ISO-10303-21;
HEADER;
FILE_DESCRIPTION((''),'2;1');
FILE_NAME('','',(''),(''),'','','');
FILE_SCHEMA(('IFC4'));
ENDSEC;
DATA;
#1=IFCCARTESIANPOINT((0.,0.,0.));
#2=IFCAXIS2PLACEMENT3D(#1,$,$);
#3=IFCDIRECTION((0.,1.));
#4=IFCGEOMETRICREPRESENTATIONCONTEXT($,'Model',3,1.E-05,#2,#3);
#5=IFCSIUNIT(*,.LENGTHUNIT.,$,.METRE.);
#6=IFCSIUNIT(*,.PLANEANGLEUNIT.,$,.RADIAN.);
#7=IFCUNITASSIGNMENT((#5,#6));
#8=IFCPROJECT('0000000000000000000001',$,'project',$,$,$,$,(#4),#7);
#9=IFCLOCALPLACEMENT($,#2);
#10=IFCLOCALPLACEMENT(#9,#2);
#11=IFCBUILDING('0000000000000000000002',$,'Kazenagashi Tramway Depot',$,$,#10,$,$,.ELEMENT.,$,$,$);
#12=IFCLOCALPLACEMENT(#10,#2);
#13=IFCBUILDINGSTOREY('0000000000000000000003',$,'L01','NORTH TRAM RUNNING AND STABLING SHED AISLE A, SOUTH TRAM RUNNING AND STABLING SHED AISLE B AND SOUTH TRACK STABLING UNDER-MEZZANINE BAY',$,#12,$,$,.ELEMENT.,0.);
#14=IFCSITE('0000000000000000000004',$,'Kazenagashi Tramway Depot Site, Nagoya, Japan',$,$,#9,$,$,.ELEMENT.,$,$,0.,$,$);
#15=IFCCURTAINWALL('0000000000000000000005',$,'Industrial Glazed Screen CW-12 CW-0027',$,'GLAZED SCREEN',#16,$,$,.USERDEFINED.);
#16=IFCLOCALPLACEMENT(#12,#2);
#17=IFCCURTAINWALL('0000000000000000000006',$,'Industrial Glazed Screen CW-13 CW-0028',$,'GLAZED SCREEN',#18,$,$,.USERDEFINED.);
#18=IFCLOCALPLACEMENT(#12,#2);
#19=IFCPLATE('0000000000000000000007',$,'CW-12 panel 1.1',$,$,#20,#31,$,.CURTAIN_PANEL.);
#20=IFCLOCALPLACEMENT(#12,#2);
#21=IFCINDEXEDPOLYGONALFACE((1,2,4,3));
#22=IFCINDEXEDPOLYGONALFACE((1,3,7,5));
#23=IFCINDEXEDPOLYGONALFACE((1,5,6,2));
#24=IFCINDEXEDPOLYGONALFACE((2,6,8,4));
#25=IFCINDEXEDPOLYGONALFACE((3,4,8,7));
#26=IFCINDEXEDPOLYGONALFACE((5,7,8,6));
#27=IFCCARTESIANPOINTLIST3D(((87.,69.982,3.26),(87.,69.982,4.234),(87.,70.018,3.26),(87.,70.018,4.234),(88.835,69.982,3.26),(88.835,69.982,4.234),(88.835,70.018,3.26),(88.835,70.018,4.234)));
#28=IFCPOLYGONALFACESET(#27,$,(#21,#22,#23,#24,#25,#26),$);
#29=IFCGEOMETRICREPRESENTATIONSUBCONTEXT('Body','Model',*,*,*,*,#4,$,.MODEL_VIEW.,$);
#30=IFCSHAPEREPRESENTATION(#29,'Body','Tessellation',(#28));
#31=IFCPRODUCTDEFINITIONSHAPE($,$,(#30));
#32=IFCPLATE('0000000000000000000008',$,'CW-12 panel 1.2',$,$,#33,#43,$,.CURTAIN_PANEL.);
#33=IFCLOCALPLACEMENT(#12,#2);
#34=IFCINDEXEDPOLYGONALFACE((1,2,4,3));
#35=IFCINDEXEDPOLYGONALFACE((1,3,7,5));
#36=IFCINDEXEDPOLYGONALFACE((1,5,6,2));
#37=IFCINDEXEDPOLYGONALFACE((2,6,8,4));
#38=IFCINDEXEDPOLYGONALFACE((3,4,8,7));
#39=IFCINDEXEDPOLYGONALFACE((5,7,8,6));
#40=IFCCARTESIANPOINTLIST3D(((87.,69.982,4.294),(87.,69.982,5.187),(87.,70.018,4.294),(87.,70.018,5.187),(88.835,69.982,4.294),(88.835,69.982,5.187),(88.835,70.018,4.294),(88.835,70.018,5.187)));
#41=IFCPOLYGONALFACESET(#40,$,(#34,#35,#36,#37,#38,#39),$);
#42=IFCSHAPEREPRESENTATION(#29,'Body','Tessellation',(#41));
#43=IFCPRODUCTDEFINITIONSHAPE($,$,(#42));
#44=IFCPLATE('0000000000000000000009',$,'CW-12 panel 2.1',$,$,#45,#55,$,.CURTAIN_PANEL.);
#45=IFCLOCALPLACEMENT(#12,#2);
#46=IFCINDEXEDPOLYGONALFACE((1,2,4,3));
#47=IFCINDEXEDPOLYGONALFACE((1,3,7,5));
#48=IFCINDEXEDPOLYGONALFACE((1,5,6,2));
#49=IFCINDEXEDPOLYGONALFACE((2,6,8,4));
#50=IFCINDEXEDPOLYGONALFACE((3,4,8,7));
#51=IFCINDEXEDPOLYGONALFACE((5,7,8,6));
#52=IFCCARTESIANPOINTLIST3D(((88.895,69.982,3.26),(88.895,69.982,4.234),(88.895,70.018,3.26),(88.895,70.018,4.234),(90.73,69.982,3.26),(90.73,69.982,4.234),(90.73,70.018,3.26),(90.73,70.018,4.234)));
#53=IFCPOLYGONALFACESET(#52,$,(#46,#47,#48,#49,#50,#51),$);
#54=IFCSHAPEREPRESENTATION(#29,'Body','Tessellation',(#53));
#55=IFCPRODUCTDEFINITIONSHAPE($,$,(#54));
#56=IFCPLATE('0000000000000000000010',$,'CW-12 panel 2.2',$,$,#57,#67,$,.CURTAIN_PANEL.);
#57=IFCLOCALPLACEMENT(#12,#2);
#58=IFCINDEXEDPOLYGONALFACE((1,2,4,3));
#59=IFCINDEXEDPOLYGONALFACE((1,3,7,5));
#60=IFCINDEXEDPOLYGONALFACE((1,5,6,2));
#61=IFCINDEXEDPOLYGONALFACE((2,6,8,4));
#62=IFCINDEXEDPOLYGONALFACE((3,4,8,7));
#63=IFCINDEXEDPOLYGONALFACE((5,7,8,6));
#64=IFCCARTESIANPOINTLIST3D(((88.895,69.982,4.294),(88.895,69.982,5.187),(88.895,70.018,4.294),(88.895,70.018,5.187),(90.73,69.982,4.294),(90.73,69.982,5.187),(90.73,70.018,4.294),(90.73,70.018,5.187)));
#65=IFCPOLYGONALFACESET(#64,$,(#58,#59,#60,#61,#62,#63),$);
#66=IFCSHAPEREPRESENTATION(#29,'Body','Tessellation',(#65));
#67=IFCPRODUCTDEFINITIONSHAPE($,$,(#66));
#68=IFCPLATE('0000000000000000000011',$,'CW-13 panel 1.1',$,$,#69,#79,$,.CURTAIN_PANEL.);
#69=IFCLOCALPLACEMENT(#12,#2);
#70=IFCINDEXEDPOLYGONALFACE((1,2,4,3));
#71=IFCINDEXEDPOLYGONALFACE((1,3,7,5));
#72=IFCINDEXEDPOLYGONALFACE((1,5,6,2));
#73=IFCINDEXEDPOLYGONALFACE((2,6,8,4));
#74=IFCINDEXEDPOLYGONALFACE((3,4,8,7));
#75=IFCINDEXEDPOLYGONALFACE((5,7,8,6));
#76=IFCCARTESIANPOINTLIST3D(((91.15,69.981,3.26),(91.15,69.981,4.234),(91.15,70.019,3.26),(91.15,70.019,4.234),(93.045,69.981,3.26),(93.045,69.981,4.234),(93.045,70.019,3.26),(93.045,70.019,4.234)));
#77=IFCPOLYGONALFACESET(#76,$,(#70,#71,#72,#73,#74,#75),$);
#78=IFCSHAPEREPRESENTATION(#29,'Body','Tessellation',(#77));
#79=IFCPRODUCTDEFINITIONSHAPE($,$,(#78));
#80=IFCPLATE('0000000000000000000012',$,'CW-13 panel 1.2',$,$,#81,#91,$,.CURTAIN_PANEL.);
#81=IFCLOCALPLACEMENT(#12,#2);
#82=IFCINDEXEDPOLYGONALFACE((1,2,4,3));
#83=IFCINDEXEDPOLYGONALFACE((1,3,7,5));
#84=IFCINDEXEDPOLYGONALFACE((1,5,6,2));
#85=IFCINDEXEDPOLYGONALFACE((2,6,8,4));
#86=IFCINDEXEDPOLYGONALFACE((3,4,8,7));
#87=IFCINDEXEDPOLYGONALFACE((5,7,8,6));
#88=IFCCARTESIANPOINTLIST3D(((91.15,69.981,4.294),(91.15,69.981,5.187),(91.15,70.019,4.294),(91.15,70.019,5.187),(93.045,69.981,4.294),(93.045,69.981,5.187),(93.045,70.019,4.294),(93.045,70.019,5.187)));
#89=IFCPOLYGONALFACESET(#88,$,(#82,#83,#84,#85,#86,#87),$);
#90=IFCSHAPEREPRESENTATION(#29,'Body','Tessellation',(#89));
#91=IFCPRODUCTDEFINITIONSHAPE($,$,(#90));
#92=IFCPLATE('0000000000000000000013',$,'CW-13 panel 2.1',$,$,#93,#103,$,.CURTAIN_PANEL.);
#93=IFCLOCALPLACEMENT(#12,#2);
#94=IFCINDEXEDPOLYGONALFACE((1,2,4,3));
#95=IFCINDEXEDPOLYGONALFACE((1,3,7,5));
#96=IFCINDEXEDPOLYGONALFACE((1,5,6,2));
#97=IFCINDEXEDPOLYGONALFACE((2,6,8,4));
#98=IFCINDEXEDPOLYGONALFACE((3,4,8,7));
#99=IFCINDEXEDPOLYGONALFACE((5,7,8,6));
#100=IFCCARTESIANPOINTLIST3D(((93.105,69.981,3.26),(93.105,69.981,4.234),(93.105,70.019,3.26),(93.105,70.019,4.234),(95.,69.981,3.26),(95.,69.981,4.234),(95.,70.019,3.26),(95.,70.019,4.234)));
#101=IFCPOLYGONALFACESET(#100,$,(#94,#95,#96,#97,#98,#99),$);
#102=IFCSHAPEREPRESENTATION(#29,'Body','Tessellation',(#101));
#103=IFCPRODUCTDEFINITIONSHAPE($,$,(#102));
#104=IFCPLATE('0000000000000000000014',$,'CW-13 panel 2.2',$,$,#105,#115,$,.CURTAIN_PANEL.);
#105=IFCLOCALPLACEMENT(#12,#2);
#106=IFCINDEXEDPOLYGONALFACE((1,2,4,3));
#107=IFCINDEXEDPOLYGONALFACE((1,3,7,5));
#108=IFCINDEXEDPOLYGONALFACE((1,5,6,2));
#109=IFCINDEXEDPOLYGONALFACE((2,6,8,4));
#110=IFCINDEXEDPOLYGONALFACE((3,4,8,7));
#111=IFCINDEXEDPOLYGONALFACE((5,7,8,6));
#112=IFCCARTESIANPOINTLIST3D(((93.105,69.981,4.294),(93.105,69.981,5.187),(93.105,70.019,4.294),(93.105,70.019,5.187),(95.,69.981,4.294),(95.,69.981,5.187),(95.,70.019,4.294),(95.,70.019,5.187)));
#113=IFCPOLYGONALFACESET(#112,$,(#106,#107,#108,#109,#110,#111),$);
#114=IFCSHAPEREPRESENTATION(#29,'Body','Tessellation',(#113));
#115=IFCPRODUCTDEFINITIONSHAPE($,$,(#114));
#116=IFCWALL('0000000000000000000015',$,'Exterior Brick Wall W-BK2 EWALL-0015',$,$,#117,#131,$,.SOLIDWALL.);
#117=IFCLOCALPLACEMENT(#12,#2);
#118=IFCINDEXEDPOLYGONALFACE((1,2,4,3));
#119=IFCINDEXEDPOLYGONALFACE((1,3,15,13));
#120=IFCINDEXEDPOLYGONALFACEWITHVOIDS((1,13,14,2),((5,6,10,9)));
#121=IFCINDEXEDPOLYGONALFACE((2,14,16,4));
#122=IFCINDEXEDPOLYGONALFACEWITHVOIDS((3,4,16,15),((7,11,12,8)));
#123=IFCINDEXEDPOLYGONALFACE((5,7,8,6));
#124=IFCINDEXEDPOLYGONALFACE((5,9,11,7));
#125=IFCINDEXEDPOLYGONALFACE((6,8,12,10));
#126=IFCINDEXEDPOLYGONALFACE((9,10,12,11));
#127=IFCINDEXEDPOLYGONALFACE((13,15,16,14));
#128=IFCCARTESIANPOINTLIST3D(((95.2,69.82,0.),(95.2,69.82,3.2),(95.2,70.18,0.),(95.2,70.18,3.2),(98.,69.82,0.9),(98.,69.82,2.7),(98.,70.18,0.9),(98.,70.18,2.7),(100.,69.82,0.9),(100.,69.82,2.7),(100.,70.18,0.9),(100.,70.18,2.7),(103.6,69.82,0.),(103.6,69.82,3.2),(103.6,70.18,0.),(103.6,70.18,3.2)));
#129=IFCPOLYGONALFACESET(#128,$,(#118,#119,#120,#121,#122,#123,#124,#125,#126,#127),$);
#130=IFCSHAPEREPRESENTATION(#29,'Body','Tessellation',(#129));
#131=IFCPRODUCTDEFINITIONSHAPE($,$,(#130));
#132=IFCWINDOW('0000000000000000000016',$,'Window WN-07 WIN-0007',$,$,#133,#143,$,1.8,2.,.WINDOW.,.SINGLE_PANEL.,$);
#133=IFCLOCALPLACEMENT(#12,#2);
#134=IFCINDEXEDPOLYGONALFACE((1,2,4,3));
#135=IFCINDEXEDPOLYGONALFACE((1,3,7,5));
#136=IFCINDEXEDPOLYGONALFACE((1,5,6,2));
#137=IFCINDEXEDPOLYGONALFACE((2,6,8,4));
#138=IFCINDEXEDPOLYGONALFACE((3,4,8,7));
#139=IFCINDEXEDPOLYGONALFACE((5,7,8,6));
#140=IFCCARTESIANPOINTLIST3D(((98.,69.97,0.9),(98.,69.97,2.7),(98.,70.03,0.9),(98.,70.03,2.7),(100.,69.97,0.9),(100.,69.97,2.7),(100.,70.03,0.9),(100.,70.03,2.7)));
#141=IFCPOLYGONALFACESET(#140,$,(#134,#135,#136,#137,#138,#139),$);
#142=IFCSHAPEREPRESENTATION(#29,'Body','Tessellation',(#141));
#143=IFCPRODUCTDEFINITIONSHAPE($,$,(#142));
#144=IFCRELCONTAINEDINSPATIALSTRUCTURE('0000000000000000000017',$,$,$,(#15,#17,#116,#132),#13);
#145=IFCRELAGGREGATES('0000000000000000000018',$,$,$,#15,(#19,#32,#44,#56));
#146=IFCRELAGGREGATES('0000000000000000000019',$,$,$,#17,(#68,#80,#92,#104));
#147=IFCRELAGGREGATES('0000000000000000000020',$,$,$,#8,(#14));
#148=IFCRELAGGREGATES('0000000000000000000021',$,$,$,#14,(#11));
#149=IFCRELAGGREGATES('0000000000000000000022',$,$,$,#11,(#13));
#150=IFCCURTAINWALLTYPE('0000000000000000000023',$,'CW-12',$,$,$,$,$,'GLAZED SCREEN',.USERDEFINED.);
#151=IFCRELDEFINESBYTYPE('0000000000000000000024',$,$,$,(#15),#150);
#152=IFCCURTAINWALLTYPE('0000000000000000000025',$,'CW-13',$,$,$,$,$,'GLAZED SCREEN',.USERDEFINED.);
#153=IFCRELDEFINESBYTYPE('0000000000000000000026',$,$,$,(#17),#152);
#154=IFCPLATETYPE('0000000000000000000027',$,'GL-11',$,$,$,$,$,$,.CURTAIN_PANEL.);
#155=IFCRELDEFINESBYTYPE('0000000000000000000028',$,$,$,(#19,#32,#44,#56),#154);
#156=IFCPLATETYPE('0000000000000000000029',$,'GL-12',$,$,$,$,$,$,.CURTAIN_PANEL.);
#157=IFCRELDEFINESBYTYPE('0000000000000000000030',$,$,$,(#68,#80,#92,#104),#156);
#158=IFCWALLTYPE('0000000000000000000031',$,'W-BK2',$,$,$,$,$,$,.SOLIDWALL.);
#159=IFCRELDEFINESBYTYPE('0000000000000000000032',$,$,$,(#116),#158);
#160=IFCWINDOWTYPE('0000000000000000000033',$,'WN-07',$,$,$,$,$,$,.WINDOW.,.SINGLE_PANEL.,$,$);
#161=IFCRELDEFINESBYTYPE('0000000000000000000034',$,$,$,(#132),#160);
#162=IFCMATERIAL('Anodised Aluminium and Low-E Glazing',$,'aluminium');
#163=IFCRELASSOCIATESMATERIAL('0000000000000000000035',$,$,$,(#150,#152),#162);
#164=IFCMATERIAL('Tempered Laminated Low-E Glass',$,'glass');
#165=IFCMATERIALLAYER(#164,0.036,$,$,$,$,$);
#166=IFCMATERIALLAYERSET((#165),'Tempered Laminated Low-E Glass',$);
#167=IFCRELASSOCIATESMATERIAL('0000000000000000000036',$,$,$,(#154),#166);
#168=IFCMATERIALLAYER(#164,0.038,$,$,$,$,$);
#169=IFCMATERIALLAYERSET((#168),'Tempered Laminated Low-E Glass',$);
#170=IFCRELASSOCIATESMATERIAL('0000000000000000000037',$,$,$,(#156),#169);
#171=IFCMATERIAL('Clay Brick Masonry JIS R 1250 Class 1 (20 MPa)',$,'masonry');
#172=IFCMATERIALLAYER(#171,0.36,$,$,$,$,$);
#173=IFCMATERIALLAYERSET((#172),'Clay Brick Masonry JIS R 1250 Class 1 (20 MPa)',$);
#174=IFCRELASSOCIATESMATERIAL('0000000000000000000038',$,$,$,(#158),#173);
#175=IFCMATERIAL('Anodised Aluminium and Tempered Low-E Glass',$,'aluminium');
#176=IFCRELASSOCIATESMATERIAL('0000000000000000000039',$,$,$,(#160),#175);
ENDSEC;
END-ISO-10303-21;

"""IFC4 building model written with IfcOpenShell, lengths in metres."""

from ifc_helpers import new_model, si_unit, direction, frame, frame_2d, origin, origin_2d, place, context, subcontext, project, spatial, rectangle, extrude, material, layer, layer_set, type_object, element, fill, aggregate, save


model = new_model("IFC4")

# Units and contexts
model_context = context("Model", 3, precision=1e-05, world=origin(), true_north=direction((0.0, 1.0)))
body_context = subcontext(model_context, "Body", "Model", "MODEL_VIEW")
ifc_project = project(units=[si_unit("LENGTHUNIT", "METRE"), si_unit("PLANEANGLEUNIT", "RADIAN")], contexts=[model_context])

# Site, building, storey
site_placement = place(None, origin())
site = spatial("IfcSite", under=ifc_project, at=site_placement, Name="Kazenagashi Tramway Depot Site, Nagoya, Japan", CompositionType="ELEMENT", RefElevation=0.0)
building_placement = place(site_placement, origin())
building = spatial("IfcBuilding", under=site, at=building_placement, Name="Kazenagashi Tramway Depot", CompositionType="ELEMENT")
storey_placement = place(building_placement, origin())
storey = spatial("IfcBuildingStorey", under=building, at=storey_placement, Name="L01", Description="NORTH TRAM RUNNING AND STABLING SHED AISLE A, SOUTH TRAM RUNNING AND STABLING SHED AISLE B AND SOUTH TRACK STABLING UNDER-MEZZANINE BAY", CompositionType="ELEMENT", Elevation=0.0)

# Curtain walls
ifc_material_1 = material(Name="Anodised Aluminium and Low-E Glazing", Category="aluminium")
curtain_wall_type_1 = type_object("IfcCurtainWallType", Name="CW-12", ElementType="GLAZED SCREEN", PredefinedType="USERDEFINED", material=ifc_material_1)
curtain_wall_1_placement = place(storey_placement, origin())
curtain_wall_1 = element("IfcCurtainWall", 1, at=curtain_wall_1_placement, inside=storey, type_object=curtain_wall_type_1, Name="Industrial Glazed Screen CW-12 CW-0027", ObjectType="GLAZED SCREEN", PredefinedType="USERDEFINED")
curtain_wall_type_2 = type_object("IfcCurtainWallType", Name="CW-13", ElementType="GLAZED SCREEN", PredefinedType="USERDEFINED", material=ifc_material_1)
curtain_wall_2_placement = place(storey_placement, origin())
curtain_wall_2 = element("IfcCurtainWall", 2, at=curtain_wall_2_placement, inside=storey, type_object=curtain_wall_type_2, Name="Industrial Glazed Screen CW-13 CW-0028", ObjectType="GLAZED SCREEN", PredefinedType="USERDEFINED")

# Plates
ifc_material_2 = material(Name="Tempered Laminated Low-E Glass", Category="glass")
ifc_layer_1 = layer(ifc_material_2, 0.036)
ifc_layer_set_1 = layer_set([ifc_layer_1], Name="Tempered Laminated Low-E Glass")
plate_type_1 = type_object("IfcPlateType", Name="GL-11", PredefinedType="CURTAIN_PANEL", material=ifc_layer_set_1)
plate_1_placement = place(storey_placement, frame((87.9175, 70.0, 3.26), z_axis=(0.0, 0.0, 1.0), x_axis=(1.0, 0.0, 0.0)))
plate_1 = element("IfcPlate", 3, at=plate_1_placement, type_object=plate_type_1, Name="CW-12 panel 1.1", PredefinedType="CURTAIN_PANEL", context=body_context, shape_type="SweptSolid", body=[
    extrude(rectangle(XDim=1.835, YDim=0.036, at=origin_2d()), origin(), (0.0, 0.0, 1.0), 0.974),
])
plate_2_placement = place(storey_placement, frame((87.9175, 70.0, 4.294), z_axis=(0.0, 0.0, 1.0), x_axis=(1.0, 0.0, 0.0)))
plate_2 = element("IfcPlate", 4, at=plate_2_placement, type_object=plate_type_1, Name="CW-12 panel 1.2", PredefinedType="CURTAIN_PANEL", context=body_context, shape_type="SweptSolid", body=[
    extrude(rectangle(XDim=1.835, YDim=0.036, at=origin_2d()), origin(), (0.0, 0.0, 1.0), 0.893),
])
plate_3_placement = place(storey_placement, frame((89.8125, 70.0, 3.26), z_axis=(0.0, 0.0, 1.0), x_axis=(1.0, 0.0, 0.0)))
plate_3 = element("IfcPlate", 5, at=plate_3_placement, type_object=plate_type_1, Name="CW-12 panel 2.1", PredefinedType="CURTAIN_PANEL", context=body_context, shape_type="SweptSolid", body=[
    extrude(rectangle(XDim=1.835, YDim=0.036, at=origin_2d()), origin(), (0.0, 0.0, 1.0), 0.974),
])
plate_4_placement = place(storey_placement, frame((89.8125, 70.0, 4.294), z_axis=(0.0, 0.0, 1.0), x_axis=(1.0, 0.0, 0.0)))
plate_4 = element("IfcPlate", 6, at=plate_4_placement, type_object=plate_type_1, Name="CW-12 panel 2.2", PredefinedType="CURTAIN_PANEL", context=body_context, shape_type="SweptSolid", body=[
    extrude(rectangle(XDim=1.835, YDim=0.036, at=origin_2d()), origin(), (0.0, 0.0, 1.0), 0.893),
])
aggregate(curtain_wall_1, [plate_1, plate_2, plate_3, plate_4])
ifc_layer_2 = layer(ifc_material_2, 0.038)
ifc_layer_set_2 = layer_set([ifc_layer_2], Name="Tempered Laminated Low-E Glass")
plate_type_2 = type_object("IfcPlateType", Name="GL-12", PredefinedType="CURTAIN_PANEL", material=ifc_layer_set_2)
plate_5_placement = place(storey_placement, frame((92.0975, 70.0, 3.26), z_axis=(0.0, 0.0, 1.0), x_axis=(1.0, 0.0, 0.0)))
plate_5 = element("IfcPlate", 7, at=plate_5_placement, type_object=plate_type_2, Name="CW-13 panel 1.1", PredefinedType="CURTAIN_PANEL", context=body_context, shape_type="SweptSolid", body=[
    extrude(rectangle(XDim=1.895, YDim=0.038, at=origin_2d()), origin(), (0.0, 0.0, 1.0), 0.974),
])
plate_6_placement = place(storey_placement, frame((92.0975, 70.0, 4.294), z_axis=(0.0, 0.0, 1.0), x_axis=(1.0, 0.0, 0.0)))
plate_6 = element("IfcPlate", 8, at=plate_6_placement, type_object=plate_type_2, Name="CW-13 panel 1.2", PredefinedType="CURTAIN_PANEL", context=body_context, shape_type="SweptSolid", body=[
    extrude(rectangle(XDim=1.895, YDim=0.038, at=origin_2d()), origin(), (0.0, 0.0, 1.0), 0.893),
])
plate_7_placement = place(storey_placement, frame((94.0525, 70.0, 3.26), z_axis=(0.0, 0.0, 1.0), x_axis=(1.0, 0.0, 0.0)))
plate_7 = element("IfcPlate", 9, at=plate_7_placement, type_object=plate_type_2, Name="CW-13 panel 2.1", PredefinedType="CURTAIN_PANEL", context=body_context, shape_type="SweptSolid", body=[
    extrude(rectangle(XDim=1.895, YDim=0.038, at=origin_2d()), origin(), (0.0, 0.0, 1.0), 0.974),
])
plate_8_placement = place(storey_placement, frame((94.0525, 70.0, 4.294), z_axis=(0.0, 0.0, 1.0), x_axis=(1.0, 0.0, 0.0)))
plate_8 = element("IfcPlate", 10, at=plate_8_placement, type_object=plate_type_2, Name="CW-13 panel 2.2", PredefinedType="CURTAIN_PANEL", context=body_context, shape_type="SweptSolid", body=[
    extrude(rectangle(XDim=1.895, YDim=0.038, at=origin_2d()), origin(), (0.0, 0.0, 1.0), 0.893),
])
aggregate(curtain_wall_2, [plate_5, plate_6, plate_7, plate_8])

# Wall, opening, window
ifc_material_3 = material(Name="Clay Brick Masonry JIS R 1250 Class 1 (20 MPa)", Category="masonry")
ifc_layer_3 = layer(ifc_material_3, 0.36)
ifc_layer_set_3 = layer_set([ifc_layer_3], Name="Clay Brick Masonry JIS R 1250 Class 1 (20 MPa)")
wall_type = type_object("IfcWallType", Name="W-BK2", PredefinedType="SOLIDWALL", material=ifc_layer_set_3)
wall_placement = place(storey_placement, frame((95.2, 70.0, 0.0), z_axis=(0.0, 0.0, 1.0), x_axis=(1.0, 0.0, 0.0)))
wall = element("IfcWall", 11, at=wall_placement, inside=storey, type_object=wall_type, Name="Exterior Brick Wall W-BK2 EWALL-0015", PredefinedType="SOLIDWALL", context=body_context, shape_type="SweptSolid", body=[
    extrude(rectangle(XDim=8.4, YDim=0.36, at=frame_2d((4.2, 0.0))), origin(), (0.0, 0.0, 1.0), 3.2),
])
opening_placement = place(wall_placement, frame((2.8, 0.0, 0.9)))
opening = element("IfcOpeningElement", 12, at=opening_placement, cuts=wall, PredefinedType="OPENING", context=body_context, shape_type="SweptSolid", body=[
    extrude(rectangle(XDim=2.0, YDim=1.8, at=frame_2d((1.0, 0.9))), frame((0.0, 0.19, 0.0), z_axis=(0.0, -1.0, 0.0), x_axis=(1.0, 0.0, 0.0)), (0.0, 0.0, 1.0), 0.38),
])
ifc_material_4 = material(Name="Anodised Aluminium and Tempered Low-E Glass", Category="aluminium")
window_type = type_object("IfcWindowType", Name="WN-07", PartitioningType="SINGLE_PANEL", PredefinedType="WINDOW", material=ifc_material_4)
window_placement = place(opening_placement, origin())
window = element("IfcWindow", 13, at=window_placement, inside=storey, type_object=window_type, Name="Window WN-07 WIN-0007", OverallHeight=1.8, OverallWidth=2.0, PartitioningType="SINGLE_PANEL", PredefinedType="WINDOW", context=body_context, shape_type="SweptSolid", body=[
    extrude(rectangle(XDim=2.0, YDim=1.8, at=frame_2d((1.0, 0.9))), frame((0.0, 0.03, 0.0), z_axis=(0.0, -1.0, 0.0), x_axis=(1.0, 0.0, 0.0)), (0.0, 0.0, 1.0), 0.06),
])
fill(opening, window)

save(model, "model.ifc")
